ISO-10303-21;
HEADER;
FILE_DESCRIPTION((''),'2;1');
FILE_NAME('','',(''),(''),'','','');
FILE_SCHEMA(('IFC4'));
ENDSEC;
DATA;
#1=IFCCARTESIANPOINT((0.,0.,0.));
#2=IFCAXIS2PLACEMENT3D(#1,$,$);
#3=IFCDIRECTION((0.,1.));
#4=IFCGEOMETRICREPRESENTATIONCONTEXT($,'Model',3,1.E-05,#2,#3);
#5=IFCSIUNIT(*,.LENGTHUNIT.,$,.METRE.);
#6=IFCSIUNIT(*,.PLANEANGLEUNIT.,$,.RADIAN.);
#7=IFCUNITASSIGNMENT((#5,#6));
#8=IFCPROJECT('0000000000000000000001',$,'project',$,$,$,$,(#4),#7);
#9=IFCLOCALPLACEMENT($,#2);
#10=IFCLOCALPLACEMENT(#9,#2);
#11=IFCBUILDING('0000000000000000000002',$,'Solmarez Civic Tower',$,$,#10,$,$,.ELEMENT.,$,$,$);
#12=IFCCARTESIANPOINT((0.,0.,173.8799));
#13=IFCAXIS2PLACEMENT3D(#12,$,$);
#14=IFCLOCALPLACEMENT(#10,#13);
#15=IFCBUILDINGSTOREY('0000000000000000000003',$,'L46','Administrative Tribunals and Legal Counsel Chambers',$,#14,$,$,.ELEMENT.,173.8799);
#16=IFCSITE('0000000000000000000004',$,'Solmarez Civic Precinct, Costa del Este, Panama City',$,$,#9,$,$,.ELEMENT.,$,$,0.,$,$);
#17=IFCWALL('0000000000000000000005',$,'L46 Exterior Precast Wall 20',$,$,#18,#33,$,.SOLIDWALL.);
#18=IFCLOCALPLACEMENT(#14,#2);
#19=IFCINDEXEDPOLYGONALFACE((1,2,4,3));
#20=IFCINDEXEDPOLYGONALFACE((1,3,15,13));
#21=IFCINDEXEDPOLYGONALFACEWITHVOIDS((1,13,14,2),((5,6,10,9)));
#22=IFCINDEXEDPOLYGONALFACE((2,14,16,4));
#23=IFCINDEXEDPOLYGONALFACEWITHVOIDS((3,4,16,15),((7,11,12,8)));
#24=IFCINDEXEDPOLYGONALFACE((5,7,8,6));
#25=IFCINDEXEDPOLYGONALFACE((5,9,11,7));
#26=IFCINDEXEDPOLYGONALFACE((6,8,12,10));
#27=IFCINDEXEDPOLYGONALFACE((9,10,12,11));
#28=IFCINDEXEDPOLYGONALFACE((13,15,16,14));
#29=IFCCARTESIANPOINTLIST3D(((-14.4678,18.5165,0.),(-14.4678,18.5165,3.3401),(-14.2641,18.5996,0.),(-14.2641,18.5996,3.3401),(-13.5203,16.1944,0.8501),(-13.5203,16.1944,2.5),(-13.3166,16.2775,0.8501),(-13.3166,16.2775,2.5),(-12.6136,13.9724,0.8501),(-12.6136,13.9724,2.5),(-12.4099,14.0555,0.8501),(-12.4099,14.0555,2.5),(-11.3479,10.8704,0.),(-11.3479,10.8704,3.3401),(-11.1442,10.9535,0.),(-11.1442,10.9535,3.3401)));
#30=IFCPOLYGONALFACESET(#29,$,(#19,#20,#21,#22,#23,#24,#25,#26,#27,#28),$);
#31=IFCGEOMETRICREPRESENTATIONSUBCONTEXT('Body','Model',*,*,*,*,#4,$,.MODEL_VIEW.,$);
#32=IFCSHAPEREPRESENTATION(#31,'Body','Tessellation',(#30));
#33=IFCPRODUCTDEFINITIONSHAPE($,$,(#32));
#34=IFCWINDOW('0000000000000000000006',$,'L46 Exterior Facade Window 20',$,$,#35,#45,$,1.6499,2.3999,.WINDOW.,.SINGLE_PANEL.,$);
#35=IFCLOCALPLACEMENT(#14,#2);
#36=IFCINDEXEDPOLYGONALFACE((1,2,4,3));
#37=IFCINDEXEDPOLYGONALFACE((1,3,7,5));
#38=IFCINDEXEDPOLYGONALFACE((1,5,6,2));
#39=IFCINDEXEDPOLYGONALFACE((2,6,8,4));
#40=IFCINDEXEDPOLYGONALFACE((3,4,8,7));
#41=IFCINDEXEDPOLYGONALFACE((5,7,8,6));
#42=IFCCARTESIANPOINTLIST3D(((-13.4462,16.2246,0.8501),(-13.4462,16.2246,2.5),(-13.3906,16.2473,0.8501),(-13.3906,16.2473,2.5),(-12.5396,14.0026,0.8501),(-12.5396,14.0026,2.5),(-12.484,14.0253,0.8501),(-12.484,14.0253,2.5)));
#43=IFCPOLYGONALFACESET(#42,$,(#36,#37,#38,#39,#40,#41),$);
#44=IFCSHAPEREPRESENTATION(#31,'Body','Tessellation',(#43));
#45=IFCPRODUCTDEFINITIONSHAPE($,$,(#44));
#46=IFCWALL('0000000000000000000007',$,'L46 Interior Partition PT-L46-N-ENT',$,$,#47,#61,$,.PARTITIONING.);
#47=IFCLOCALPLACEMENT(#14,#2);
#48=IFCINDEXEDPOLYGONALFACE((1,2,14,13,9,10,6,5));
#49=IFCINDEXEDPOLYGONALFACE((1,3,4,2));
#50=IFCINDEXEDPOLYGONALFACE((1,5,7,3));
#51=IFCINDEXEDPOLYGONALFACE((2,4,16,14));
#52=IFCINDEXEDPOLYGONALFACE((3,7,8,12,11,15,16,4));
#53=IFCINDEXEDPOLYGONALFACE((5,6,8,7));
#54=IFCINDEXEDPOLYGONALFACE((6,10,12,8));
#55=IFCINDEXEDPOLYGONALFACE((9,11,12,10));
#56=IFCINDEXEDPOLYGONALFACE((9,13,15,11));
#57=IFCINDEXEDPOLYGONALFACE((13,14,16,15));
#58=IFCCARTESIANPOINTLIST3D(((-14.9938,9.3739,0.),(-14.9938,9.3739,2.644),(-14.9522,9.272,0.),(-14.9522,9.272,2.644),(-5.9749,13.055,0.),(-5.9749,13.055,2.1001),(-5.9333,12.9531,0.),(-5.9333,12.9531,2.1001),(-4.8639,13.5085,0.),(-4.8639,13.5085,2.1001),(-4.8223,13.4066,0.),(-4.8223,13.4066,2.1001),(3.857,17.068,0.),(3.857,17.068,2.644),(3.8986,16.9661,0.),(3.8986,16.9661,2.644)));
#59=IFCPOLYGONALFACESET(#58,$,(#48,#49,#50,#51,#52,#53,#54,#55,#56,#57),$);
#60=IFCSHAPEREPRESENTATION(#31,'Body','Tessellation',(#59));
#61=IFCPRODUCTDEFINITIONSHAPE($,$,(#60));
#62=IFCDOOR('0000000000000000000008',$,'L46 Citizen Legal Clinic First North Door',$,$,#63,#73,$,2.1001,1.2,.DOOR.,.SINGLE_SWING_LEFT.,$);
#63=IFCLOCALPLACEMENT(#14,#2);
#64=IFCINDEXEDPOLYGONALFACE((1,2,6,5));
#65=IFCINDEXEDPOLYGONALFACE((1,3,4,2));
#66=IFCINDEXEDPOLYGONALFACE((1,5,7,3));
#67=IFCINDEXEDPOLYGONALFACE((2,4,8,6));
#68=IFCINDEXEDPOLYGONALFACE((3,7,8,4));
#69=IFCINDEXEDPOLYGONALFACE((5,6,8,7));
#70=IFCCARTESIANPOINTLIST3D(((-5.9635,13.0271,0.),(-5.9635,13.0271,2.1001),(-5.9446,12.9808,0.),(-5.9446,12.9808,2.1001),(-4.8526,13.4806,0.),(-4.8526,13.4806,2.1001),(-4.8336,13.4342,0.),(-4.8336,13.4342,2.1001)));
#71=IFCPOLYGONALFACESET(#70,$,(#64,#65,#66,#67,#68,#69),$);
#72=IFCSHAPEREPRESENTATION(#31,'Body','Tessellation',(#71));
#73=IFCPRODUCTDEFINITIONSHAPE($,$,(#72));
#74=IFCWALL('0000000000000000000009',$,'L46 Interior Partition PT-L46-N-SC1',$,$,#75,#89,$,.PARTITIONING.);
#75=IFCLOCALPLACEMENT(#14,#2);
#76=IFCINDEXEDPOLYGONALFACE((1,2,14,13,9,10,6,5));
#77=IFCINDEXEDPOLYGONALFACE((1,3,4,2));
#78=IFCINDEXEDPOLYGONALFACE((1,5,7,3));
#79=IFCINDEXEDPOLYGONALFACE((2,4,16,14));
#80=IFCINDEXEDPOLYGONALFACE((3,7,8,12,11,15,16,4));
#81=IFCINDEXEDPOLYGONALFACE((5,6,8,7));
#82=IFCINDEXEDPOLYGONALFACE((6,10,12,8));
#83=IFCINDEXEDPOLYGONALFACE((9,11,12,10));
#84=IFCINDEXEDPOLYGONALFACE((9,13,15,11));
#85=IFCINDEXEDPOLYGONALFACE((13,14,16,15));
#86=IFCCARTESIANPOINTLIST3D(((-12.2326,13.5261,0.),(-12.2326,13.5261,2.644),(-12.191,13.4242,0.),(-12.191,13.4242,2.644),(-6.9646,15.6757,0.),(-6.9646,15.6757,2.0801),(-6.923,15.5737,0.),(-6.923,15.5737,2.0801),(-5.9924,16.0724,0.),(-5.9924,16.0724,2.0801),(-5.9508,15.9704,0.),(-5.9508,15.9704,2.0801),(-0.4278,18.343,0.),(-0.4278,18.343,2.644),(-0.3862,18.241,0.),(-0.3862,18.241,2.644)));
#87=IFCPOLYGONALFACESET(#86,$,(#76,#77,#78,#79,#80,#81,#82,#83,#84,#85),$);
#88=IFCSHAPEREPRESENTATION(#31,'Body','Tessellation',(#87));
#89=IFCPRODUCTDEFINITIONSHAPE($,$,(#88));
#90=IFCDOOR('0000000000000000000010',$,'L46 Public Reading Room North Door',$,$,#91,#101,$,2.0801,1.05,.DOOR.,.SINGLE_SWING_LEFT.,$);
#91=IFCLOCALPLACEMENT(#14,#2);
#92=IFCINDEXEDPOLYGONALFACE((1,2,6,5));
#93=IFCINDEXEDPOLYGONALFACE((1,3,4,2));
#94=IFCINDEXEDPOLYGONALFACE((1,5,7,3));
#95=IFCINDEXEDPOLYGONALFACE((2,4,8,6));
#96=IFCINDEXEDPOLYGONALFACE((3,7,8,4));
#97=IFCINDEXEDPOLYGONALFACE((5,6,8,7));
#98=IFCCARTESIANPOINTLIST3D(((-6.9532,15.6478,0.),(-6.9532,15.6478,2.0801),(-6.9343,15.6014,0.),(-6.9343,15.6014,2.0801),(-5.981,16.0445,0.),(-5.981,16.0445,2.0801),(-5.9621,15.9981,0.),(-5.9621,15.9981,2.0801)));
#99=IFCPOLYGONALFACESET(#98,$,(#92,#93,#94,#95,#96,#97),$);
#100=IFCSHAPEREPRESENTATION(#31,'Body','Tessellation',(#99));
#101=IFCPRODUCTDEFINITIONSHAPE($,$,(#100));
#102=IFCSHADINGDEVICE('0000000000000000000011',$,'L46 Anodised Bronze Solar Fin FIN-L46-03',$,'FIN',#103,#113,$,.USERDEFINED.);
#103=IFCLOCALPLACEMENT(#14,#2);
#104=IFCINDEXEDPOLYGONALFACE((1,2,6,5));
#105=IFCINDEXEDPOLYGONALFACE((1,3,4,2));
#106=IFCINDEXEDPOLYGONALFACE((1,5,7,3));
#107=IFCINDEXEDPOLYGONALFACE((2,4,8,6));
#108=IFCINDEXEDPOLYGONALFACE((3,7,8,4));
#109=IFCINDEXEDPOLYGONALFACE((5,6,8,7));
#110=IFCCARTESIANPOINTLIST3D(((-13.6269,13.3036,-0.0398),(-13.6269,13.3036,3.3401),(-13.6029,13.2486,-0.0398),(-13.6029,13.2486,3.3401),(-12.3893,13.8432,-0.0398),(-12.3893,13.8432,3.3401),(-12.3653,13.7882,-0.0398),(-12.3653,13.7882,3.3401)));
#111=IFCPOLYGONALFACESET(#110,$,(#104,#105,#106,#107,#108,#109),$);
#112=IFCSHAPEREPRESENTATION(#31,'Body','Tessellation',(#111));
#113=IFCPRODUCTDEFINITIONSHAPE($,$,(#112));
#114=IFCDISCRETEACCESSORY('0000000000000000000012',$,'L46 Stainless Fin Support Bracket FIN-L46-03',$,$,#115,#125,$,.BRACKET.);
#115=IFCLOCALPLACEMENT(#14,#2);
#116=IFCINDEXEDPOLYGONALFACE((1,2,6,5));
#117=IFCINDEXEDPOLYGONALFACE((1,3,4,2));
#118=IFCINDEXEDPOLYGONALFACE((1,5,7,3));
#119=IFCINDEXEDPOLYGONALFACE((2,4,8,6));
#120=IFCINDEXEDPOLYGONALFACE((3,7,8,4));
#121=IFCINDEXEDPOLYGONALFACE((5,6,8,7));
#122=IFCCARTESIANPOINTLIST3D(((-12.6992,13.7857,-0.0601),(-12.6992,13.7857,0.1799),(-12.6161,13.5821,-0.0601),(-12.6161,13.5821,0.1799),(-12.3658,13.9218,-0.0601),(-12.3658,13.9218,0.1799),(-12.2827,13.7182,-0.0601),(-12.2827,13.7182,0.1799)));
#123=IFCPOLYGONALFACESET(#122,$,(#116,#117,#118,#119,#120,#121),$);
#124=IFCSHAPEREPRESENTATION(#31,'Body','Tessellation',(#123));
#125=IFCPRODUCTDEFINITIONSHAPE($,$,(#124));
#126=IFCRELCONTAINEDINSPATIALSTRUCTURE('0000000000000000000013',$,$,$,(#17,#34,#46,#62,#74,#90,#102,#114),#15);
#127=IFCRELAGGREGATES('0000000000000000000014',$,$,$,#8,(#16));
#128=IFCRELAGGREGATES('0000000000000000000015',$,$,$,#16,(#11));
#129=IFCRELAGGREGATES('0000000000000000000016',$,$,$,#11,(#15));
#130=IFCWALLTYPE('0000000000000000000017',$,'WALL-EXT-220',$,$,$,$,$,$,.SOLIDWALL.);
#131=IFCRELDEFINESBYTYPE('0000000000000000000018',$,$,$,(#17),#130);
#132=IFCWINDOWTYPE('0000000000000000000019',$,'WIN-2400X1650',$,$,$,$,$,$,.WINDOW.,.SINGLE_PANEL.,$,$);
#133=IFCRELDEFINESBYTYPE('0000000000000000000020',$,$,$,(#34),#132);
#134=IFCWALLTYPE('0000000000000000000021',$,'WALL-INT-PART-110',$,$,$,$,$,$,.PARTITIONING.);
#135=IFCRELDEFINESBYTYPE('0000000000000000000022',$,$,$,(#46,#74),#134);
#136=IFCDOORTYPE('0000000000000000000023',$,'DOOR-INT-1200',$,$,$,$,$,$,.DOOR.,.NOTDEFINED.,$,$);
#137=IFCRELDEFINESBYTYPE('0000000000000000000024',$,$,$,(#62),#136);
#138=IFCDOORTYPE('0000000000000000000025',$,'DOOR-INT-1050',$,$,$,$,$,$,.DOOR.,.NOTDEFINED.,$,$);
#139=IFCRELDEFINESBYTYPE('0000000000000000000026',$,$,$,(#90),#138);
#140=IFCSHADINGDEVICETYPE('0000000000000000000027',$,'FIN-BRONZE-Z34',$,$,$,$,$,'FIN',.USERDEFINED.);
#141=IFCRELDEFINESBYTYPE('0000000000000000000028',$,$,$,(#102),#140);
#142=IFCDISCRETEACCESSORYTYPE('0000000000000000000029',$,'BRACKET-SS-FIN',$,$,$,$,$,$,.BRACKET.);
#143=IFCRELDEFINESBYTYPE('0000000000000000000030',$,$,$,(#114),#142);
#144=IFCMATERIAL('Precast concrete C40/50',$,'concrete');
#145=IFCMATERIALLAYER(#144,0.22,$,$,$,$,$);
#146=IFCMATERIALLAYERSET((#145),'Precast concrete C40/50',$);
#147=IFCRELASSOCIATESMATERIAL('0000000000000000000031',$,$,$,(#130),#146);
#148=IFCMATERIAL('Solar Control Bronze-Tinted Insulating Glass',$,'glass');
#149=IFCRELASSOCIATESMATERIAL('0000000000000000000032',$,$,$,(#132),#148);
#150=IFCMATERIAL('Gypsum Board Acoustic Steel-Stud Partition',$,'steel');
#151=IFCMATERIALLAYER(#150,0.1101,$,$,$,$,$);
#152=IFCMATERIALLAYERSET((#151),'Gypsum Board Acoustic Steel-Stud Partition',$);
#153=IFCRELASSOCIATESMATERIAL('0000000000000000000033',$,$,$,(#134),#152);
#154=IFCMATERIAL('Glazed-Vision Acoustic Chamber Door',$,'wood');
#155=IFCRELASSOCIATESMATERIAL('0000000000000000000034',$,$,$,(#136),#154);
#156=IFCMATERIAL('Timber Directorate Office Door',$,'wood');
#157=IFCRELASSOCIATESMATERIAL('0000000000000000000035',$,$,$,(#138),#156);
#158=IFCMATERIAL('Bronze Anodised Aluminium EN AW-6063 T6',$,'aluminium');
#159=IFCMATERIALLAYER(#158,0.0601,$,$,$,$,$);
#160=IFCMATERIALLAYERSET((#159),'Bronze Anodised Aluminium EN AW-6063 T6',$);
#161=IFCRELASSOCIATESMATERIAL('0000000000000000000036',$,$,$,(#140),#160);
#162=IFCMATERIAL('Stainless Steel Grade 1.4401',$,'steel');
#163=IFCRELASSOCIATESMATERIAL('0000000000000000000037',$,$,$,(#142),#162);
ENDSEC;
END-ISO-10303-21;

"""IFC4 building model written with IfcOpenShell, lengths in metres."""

from ifc_helpers import new_model, si_unit, direction, frame, frame_2d, origin, origin_2d, place, context, subcontext, project, spatial, rectangle, extrude, material, layer, layer_set, type_object, element, fill, save


model = new_model("IFC4")

# Units and contexts
model_context = context("Model", 3, precision=1e-05, world=origin(), true_north=direction((0.0, 1.0)))
body_context = subcontext(model_context, "Body", "Model", "MODEL_VIEW")
ifc_project = project(units=[si_unit("LENGTHUNIT", "METRE"), si_unit("PLANEANGLEUNIT", "RADIAN")], contexts=[model_context])

# Site, building, storey
site_placement = place(None, origin())
site = spatial("IfcSite", under=ifc_project, at=site_placement, Name="Solmarez Civic Precinct, Costa del Este, Panama City", CompositionType="ELEMENT", RefElevation=0.0)
building_placement = place(site_placement, origin())
building = spatial("IfcBuilding", under=site, at=building_placement, Name="Solmarez Civic Tower", CompositionType="ELEMENT")
storey_placement = place(building_placement, frame((0.0, 0.0, 173.8799)))
storey = spatial("IfcBuildingStorey", under=building, at=storey_placement, Name="L46", Description="Administrative Tribunals and Legal Counsel Chambers", CompositionType="ELEMENT", Elevation=173.8799)

# Shared definitions
ifc_material_1 = material(Name="Precast concrete C40/50", Category="concrete")
ifc_layer_1 = layer(ifc_material_1, 0.22)
ifc_layer_set_1 = layer_set([ifc_layer_1], Name="Precast concrete C40/50")
wall_type_1 = type_object("IfcWallType", Name="WALL-EXT-220", PredefinedType="SOLIDWALL", material=ifc_layer_set_1)

# Wall, opening, window
wall_1_placement = place(storey_placement, frame((-11.2461, 10.9121, 0.0), z_axis=(0.0, 0.0, 1.0), x_axis=(-0.377799, 0.925888, 0.0)))
wall_1 = element("IfcWall", 1, at=wall_1_placement, inside=storey, type_object=wall_type_1, Name="L46 Exterior Precast Wall 20", PredefinedType="SOLIDWALL", context=body_context, shape_type="SweptSolid", body=[
    extrude(rectangle(XDim=8.2581, YDim=0.22, at=frame_2d((4.1289, 0.0))), origin(), (0.0, 0.0, 1.0), 3.3401),
])
opening_1_placement = place(wall_1_placement, frame((3.3501, 0.0, 0.8501)))
opening_1 = element("IfcOpeningElement", 2, at=opening_1_placement, cuts=wall_1, PredefinedType="OPENING", context=body_context, shape_type="SweptSolid", body=[
    extrude(rectangle(XDim=2.3999, YDim=1.6499, at=frame_2d((1.2, 0.825))), frame((0.0, 0.1199, 0.0), z_axis=(0.0, -1.0, 0.0), x_axis=(1.0, 0.0, 0.0)), (0.0, 0.0, 1.0), 0.24),
])
ifc_material_2 = material(Name="Solar Control Bronze-Tinted Insulating Glass", Category="glass")
window_type = type_object("IfcWindowType", Name="WIN-2400X1650", PartitioningType="SINGLE_PANEL", PredefinedType="WINDOW", material=ifc_material_2)
window_placement = place(opening_1_placement, origin())
window = element("IfcWindow", 3, at=window_placement, inside=storey, type_object=window_type, Name="L46 Exterior Facade Window 20", OverallHeight=1.6499, OverallWidth=2.3999, PartitioningType="SINGLE_PANEL", PredefinedType="WINDOW", context=body_context, shape_type="SweptSolid", body=[
    extrude(rectangle(XDim=2.3999, YDim=1.6499, at=frame_2d((1.2, 0.825))), frame((0.0, 0.03, 0.0), z_axis=(0.0, -1.0, 0.0), x_axis=(1.0, 0.0, 0.0)), (0.0, 0.0, 1.0), 0.0601),
])
fill(opening_1, window)

# Walls, openings, doors
ifc_material_3 = material(Name="Gypsum Board Acoustic Steel-Stud Partition", Category="steel")
ifc_layer_2 = layer(ifc_material_3, 0.1101)
ifc_layer_set_2 = layer_set([ifc_layer_2], Name="Gypsum Board Acoustic Steel-Stud Partition")
wall_type_2 = type_object("IfcWallType", Name="WALL-INT-PART-110", PredefinedType="PARTITIONING", material=ifc_layer_set_2)
wall_2_placement = place(storey_placement, frame((-14.9729, 9.323, 0.0), z_axis=(0.0, 0.0, 1.0), x_axis=(0.92585, 0.377892, 0.0)))
wall_2 = element("IfcWall", 4, at=wall_2_placement, inside=storey, type_object=wall_type_2, Name="L46 Interior Partition PT-L46-N-ENT", PredefinedType="PARTITIONING", context=body_context, shape_type="SweptSolid", body=[
    extrude(rectangle(XDim=20.3606, YDim=0.1101, at=frame_2d((10.1802, 0.0))), origin(), (0.0, 0.0, 1.0), 2.644),
])
opening_2_placement = place(wall_2_placement, frame((9.741, 0.0, 0.0)))
opening_2 = element("IfcOpeningElement", 5, at=opening_2_placement, cuts=wall_2, PredefinedType="OPENING", context=body_context, shape_type="SweptSolid", body=[
    extrude(rectangle(XDim=1.2, YDim=2.1001, at=frame_2d((0.6001, 1.05))), frame((0.0, 0.0649, 0.0), z_axis=(0.0, -1.0, 0.0), x_axis=(1.0, 0.0, 0.0)), (0.0, 0.0, 1.0), 0.1301),
])
ifc_material_4 = material(Name="Glazed-Vision Acoustic Chamber Door", Category="wood")
door_type_1 = type_object("IfcDoorType", Name="DOOR-INT-1200", OperationType="NOTDEFINED", PredefinedType="DOOR", material=ifc_material_4)
door_1_placement = place(opening_2_placement, origin())
door_1 = element("IfcDoor", 6, at=door_1_placement, inside=storey, type_object=door_type_1, Name="L46 Citizen Legal Clinic First North Door", OperationType="SINGLE_SWING_LEFT", OverallHeight=2.1001, OverallWidth=1.2, PredefinedType="DOOR", context=body_context, shape_type="SweptSolid", body=[
    extrude(rectangle(XDim=1.2, YDim=2.1001, at=frame_2d((0.6001, 1.05))), frame((0.0, 0.0249, 0.0), z_axis=(0.0, -1.0, 0.0), x_axis=(1.0, 0.0, 0.0)), (0.0, 0.0, 1.0), 0.05),
])
fill(opening_2, door_1)
wall_3_placement = place(storey_placement, frame((-12.2119, 13.4751, 0.0), z_axis=(0.0, 0.0, 1.0), x_axis=(0.925887, 0.3778, 0.0)))
wall_3 = element("IfcWall", 7, at=wall_3_placement, inside=storey, type_object=wall_type_2, Name="L46 Interior Partition PT-L46-N-SC1", PredefinedType="PARTITIONING", context=body_context, shape_type="SweptSolid", body=[
    extrude(rectangle(XDim=12.7498, YDim=0.1101, at=frame_2d((6.375, 0.0))), origin(), (0.0, 0.0, 1.0), 2.644),
])
opening_3_placement = place(wall_3_placement, frame((5.6899, 0.0, 0.0)))
opening_3 = element("IfcOpeningElement", 8, at=opening_3_placement, cuts=wall_3, PredefinedType="OPENING", context=body_context, shape_type="SweptSolid", body=[
    extrude(rectangle(XDim=1.05, YDim=2.0801, at=frame_2d((0.5249, 1.04))), frame((0.0, 0.0649, 0.0), z_axis=(0.0, -1.0, 0.0), x_axis=(1.0, 0.0, 0.0)), (0.0, 0.0, 1.0), 0.1301),
])
ifc_material_5 = material(Name="Timber Directorate Office Door", Category="wood")
door_type_2 = type_object("IfcDoorType", Name="DOOR-INT-1050", OperationType="NOTDEFINED", PredefinedType="DOOR", material=ifc_material_5)
door_2_placement = place(opening_3_placement, origin())
door_2 = element("IfcDoor", 9, at=door_2_placement, inside=storey, type_object=door_type_2, Name="L46 Public Reading Room North Door", OperationType="SINGLE_SWING_LEFT", OverallHeight=2.0801, OverallWidth=1.05, PredefinedType="DOOR", context=body_context, shape_type="SweptSolid", body=[
    extrude(rectangle(XDim=1.05, YDim=2.0801, at=frame_2d((0.5249, 1.04))), frame((0.0, 0.0249, 0.0), z_axis=(0.0, -1.0, 0.0), x_axis=(1.0, 0.0, 0.0)), (0.0, 0.0, 1.0), 0.05),
])
fill(opening_3, door_2)

# Shading device
ifc_material_6 = material(Name="Bronze Anodised Aluminium EN AW-6063 T6", Category="aluminium")
ifc_layer_3 = layer(ifc_material_6, 0.0601)
ifc_layer_set_3 = layer_set([ifc_layer_3], Name="Bronze Anodised Aluminium EN AW-6063 T6")
shading_device_type = type_object("IfcShadingDeviceType", Name="FIN-BRONZE-Z34", ElementType="FIN", PredefinedType="USERDEFINED", material=ifc_layer_set_3)
shading_device_placement = place(storey_placement, frame((-12.9961, 13.5459, -0.0398), z_axis=(0.0, 0.0, 1.0), x_axis=(-0.916649, -0.399693, 0.0)))
element("IfcShadingDevice", 10, at=shading_device_placement, inside=storey, type_object=shading_device_type, Name="L46 Anodised Bronze Solar Fin FIN-L46-03", ObjectType="FIN", PredefinedType="USERDEFINED", context=body_context, shape_type="SweptSolid", body=[
    extrude(rectangle(XDim=1.3501, YDim=0.0601, at=origin_2d()), origin(), (0.0, 0.0, 1.0), 3.3799),
])

# Discrete accessory
ifc_material_7 = material(Name="Stainless Steel Grade 1.4401", Category="steel")
discrete_accessory_type = type_object("IfcDiscreteAccessoryType", Name="BRACKET-SS-FIN", PredefinedType="BRACKET", material=ifc_material_7)
discrete_accessory_placement = place(storey_placement, frame((-12.491, 13.752, -0.0601), z_axis=(0.0, 0.0, 1.0), x_axis=(-0.925863, -0.377858, 0.0)))
element("IfcDiscreteAccessory", 11, at=discrete_accessory_placement, inside=storey, type_object=discrete_accessory_type, Name="L46 Stainless Fin Support Bracket FIN-L46-03", PredefinedType="BRACKET", context=body_context, shape_type="SweptSolid", body=[
    extrude(rectangle(XDim=0.3601, YDim=0.22, at=origin_2d()), origin(), (0.0, 0.0, 1.0), 0.24),
])

save(model, "model.ifc")
